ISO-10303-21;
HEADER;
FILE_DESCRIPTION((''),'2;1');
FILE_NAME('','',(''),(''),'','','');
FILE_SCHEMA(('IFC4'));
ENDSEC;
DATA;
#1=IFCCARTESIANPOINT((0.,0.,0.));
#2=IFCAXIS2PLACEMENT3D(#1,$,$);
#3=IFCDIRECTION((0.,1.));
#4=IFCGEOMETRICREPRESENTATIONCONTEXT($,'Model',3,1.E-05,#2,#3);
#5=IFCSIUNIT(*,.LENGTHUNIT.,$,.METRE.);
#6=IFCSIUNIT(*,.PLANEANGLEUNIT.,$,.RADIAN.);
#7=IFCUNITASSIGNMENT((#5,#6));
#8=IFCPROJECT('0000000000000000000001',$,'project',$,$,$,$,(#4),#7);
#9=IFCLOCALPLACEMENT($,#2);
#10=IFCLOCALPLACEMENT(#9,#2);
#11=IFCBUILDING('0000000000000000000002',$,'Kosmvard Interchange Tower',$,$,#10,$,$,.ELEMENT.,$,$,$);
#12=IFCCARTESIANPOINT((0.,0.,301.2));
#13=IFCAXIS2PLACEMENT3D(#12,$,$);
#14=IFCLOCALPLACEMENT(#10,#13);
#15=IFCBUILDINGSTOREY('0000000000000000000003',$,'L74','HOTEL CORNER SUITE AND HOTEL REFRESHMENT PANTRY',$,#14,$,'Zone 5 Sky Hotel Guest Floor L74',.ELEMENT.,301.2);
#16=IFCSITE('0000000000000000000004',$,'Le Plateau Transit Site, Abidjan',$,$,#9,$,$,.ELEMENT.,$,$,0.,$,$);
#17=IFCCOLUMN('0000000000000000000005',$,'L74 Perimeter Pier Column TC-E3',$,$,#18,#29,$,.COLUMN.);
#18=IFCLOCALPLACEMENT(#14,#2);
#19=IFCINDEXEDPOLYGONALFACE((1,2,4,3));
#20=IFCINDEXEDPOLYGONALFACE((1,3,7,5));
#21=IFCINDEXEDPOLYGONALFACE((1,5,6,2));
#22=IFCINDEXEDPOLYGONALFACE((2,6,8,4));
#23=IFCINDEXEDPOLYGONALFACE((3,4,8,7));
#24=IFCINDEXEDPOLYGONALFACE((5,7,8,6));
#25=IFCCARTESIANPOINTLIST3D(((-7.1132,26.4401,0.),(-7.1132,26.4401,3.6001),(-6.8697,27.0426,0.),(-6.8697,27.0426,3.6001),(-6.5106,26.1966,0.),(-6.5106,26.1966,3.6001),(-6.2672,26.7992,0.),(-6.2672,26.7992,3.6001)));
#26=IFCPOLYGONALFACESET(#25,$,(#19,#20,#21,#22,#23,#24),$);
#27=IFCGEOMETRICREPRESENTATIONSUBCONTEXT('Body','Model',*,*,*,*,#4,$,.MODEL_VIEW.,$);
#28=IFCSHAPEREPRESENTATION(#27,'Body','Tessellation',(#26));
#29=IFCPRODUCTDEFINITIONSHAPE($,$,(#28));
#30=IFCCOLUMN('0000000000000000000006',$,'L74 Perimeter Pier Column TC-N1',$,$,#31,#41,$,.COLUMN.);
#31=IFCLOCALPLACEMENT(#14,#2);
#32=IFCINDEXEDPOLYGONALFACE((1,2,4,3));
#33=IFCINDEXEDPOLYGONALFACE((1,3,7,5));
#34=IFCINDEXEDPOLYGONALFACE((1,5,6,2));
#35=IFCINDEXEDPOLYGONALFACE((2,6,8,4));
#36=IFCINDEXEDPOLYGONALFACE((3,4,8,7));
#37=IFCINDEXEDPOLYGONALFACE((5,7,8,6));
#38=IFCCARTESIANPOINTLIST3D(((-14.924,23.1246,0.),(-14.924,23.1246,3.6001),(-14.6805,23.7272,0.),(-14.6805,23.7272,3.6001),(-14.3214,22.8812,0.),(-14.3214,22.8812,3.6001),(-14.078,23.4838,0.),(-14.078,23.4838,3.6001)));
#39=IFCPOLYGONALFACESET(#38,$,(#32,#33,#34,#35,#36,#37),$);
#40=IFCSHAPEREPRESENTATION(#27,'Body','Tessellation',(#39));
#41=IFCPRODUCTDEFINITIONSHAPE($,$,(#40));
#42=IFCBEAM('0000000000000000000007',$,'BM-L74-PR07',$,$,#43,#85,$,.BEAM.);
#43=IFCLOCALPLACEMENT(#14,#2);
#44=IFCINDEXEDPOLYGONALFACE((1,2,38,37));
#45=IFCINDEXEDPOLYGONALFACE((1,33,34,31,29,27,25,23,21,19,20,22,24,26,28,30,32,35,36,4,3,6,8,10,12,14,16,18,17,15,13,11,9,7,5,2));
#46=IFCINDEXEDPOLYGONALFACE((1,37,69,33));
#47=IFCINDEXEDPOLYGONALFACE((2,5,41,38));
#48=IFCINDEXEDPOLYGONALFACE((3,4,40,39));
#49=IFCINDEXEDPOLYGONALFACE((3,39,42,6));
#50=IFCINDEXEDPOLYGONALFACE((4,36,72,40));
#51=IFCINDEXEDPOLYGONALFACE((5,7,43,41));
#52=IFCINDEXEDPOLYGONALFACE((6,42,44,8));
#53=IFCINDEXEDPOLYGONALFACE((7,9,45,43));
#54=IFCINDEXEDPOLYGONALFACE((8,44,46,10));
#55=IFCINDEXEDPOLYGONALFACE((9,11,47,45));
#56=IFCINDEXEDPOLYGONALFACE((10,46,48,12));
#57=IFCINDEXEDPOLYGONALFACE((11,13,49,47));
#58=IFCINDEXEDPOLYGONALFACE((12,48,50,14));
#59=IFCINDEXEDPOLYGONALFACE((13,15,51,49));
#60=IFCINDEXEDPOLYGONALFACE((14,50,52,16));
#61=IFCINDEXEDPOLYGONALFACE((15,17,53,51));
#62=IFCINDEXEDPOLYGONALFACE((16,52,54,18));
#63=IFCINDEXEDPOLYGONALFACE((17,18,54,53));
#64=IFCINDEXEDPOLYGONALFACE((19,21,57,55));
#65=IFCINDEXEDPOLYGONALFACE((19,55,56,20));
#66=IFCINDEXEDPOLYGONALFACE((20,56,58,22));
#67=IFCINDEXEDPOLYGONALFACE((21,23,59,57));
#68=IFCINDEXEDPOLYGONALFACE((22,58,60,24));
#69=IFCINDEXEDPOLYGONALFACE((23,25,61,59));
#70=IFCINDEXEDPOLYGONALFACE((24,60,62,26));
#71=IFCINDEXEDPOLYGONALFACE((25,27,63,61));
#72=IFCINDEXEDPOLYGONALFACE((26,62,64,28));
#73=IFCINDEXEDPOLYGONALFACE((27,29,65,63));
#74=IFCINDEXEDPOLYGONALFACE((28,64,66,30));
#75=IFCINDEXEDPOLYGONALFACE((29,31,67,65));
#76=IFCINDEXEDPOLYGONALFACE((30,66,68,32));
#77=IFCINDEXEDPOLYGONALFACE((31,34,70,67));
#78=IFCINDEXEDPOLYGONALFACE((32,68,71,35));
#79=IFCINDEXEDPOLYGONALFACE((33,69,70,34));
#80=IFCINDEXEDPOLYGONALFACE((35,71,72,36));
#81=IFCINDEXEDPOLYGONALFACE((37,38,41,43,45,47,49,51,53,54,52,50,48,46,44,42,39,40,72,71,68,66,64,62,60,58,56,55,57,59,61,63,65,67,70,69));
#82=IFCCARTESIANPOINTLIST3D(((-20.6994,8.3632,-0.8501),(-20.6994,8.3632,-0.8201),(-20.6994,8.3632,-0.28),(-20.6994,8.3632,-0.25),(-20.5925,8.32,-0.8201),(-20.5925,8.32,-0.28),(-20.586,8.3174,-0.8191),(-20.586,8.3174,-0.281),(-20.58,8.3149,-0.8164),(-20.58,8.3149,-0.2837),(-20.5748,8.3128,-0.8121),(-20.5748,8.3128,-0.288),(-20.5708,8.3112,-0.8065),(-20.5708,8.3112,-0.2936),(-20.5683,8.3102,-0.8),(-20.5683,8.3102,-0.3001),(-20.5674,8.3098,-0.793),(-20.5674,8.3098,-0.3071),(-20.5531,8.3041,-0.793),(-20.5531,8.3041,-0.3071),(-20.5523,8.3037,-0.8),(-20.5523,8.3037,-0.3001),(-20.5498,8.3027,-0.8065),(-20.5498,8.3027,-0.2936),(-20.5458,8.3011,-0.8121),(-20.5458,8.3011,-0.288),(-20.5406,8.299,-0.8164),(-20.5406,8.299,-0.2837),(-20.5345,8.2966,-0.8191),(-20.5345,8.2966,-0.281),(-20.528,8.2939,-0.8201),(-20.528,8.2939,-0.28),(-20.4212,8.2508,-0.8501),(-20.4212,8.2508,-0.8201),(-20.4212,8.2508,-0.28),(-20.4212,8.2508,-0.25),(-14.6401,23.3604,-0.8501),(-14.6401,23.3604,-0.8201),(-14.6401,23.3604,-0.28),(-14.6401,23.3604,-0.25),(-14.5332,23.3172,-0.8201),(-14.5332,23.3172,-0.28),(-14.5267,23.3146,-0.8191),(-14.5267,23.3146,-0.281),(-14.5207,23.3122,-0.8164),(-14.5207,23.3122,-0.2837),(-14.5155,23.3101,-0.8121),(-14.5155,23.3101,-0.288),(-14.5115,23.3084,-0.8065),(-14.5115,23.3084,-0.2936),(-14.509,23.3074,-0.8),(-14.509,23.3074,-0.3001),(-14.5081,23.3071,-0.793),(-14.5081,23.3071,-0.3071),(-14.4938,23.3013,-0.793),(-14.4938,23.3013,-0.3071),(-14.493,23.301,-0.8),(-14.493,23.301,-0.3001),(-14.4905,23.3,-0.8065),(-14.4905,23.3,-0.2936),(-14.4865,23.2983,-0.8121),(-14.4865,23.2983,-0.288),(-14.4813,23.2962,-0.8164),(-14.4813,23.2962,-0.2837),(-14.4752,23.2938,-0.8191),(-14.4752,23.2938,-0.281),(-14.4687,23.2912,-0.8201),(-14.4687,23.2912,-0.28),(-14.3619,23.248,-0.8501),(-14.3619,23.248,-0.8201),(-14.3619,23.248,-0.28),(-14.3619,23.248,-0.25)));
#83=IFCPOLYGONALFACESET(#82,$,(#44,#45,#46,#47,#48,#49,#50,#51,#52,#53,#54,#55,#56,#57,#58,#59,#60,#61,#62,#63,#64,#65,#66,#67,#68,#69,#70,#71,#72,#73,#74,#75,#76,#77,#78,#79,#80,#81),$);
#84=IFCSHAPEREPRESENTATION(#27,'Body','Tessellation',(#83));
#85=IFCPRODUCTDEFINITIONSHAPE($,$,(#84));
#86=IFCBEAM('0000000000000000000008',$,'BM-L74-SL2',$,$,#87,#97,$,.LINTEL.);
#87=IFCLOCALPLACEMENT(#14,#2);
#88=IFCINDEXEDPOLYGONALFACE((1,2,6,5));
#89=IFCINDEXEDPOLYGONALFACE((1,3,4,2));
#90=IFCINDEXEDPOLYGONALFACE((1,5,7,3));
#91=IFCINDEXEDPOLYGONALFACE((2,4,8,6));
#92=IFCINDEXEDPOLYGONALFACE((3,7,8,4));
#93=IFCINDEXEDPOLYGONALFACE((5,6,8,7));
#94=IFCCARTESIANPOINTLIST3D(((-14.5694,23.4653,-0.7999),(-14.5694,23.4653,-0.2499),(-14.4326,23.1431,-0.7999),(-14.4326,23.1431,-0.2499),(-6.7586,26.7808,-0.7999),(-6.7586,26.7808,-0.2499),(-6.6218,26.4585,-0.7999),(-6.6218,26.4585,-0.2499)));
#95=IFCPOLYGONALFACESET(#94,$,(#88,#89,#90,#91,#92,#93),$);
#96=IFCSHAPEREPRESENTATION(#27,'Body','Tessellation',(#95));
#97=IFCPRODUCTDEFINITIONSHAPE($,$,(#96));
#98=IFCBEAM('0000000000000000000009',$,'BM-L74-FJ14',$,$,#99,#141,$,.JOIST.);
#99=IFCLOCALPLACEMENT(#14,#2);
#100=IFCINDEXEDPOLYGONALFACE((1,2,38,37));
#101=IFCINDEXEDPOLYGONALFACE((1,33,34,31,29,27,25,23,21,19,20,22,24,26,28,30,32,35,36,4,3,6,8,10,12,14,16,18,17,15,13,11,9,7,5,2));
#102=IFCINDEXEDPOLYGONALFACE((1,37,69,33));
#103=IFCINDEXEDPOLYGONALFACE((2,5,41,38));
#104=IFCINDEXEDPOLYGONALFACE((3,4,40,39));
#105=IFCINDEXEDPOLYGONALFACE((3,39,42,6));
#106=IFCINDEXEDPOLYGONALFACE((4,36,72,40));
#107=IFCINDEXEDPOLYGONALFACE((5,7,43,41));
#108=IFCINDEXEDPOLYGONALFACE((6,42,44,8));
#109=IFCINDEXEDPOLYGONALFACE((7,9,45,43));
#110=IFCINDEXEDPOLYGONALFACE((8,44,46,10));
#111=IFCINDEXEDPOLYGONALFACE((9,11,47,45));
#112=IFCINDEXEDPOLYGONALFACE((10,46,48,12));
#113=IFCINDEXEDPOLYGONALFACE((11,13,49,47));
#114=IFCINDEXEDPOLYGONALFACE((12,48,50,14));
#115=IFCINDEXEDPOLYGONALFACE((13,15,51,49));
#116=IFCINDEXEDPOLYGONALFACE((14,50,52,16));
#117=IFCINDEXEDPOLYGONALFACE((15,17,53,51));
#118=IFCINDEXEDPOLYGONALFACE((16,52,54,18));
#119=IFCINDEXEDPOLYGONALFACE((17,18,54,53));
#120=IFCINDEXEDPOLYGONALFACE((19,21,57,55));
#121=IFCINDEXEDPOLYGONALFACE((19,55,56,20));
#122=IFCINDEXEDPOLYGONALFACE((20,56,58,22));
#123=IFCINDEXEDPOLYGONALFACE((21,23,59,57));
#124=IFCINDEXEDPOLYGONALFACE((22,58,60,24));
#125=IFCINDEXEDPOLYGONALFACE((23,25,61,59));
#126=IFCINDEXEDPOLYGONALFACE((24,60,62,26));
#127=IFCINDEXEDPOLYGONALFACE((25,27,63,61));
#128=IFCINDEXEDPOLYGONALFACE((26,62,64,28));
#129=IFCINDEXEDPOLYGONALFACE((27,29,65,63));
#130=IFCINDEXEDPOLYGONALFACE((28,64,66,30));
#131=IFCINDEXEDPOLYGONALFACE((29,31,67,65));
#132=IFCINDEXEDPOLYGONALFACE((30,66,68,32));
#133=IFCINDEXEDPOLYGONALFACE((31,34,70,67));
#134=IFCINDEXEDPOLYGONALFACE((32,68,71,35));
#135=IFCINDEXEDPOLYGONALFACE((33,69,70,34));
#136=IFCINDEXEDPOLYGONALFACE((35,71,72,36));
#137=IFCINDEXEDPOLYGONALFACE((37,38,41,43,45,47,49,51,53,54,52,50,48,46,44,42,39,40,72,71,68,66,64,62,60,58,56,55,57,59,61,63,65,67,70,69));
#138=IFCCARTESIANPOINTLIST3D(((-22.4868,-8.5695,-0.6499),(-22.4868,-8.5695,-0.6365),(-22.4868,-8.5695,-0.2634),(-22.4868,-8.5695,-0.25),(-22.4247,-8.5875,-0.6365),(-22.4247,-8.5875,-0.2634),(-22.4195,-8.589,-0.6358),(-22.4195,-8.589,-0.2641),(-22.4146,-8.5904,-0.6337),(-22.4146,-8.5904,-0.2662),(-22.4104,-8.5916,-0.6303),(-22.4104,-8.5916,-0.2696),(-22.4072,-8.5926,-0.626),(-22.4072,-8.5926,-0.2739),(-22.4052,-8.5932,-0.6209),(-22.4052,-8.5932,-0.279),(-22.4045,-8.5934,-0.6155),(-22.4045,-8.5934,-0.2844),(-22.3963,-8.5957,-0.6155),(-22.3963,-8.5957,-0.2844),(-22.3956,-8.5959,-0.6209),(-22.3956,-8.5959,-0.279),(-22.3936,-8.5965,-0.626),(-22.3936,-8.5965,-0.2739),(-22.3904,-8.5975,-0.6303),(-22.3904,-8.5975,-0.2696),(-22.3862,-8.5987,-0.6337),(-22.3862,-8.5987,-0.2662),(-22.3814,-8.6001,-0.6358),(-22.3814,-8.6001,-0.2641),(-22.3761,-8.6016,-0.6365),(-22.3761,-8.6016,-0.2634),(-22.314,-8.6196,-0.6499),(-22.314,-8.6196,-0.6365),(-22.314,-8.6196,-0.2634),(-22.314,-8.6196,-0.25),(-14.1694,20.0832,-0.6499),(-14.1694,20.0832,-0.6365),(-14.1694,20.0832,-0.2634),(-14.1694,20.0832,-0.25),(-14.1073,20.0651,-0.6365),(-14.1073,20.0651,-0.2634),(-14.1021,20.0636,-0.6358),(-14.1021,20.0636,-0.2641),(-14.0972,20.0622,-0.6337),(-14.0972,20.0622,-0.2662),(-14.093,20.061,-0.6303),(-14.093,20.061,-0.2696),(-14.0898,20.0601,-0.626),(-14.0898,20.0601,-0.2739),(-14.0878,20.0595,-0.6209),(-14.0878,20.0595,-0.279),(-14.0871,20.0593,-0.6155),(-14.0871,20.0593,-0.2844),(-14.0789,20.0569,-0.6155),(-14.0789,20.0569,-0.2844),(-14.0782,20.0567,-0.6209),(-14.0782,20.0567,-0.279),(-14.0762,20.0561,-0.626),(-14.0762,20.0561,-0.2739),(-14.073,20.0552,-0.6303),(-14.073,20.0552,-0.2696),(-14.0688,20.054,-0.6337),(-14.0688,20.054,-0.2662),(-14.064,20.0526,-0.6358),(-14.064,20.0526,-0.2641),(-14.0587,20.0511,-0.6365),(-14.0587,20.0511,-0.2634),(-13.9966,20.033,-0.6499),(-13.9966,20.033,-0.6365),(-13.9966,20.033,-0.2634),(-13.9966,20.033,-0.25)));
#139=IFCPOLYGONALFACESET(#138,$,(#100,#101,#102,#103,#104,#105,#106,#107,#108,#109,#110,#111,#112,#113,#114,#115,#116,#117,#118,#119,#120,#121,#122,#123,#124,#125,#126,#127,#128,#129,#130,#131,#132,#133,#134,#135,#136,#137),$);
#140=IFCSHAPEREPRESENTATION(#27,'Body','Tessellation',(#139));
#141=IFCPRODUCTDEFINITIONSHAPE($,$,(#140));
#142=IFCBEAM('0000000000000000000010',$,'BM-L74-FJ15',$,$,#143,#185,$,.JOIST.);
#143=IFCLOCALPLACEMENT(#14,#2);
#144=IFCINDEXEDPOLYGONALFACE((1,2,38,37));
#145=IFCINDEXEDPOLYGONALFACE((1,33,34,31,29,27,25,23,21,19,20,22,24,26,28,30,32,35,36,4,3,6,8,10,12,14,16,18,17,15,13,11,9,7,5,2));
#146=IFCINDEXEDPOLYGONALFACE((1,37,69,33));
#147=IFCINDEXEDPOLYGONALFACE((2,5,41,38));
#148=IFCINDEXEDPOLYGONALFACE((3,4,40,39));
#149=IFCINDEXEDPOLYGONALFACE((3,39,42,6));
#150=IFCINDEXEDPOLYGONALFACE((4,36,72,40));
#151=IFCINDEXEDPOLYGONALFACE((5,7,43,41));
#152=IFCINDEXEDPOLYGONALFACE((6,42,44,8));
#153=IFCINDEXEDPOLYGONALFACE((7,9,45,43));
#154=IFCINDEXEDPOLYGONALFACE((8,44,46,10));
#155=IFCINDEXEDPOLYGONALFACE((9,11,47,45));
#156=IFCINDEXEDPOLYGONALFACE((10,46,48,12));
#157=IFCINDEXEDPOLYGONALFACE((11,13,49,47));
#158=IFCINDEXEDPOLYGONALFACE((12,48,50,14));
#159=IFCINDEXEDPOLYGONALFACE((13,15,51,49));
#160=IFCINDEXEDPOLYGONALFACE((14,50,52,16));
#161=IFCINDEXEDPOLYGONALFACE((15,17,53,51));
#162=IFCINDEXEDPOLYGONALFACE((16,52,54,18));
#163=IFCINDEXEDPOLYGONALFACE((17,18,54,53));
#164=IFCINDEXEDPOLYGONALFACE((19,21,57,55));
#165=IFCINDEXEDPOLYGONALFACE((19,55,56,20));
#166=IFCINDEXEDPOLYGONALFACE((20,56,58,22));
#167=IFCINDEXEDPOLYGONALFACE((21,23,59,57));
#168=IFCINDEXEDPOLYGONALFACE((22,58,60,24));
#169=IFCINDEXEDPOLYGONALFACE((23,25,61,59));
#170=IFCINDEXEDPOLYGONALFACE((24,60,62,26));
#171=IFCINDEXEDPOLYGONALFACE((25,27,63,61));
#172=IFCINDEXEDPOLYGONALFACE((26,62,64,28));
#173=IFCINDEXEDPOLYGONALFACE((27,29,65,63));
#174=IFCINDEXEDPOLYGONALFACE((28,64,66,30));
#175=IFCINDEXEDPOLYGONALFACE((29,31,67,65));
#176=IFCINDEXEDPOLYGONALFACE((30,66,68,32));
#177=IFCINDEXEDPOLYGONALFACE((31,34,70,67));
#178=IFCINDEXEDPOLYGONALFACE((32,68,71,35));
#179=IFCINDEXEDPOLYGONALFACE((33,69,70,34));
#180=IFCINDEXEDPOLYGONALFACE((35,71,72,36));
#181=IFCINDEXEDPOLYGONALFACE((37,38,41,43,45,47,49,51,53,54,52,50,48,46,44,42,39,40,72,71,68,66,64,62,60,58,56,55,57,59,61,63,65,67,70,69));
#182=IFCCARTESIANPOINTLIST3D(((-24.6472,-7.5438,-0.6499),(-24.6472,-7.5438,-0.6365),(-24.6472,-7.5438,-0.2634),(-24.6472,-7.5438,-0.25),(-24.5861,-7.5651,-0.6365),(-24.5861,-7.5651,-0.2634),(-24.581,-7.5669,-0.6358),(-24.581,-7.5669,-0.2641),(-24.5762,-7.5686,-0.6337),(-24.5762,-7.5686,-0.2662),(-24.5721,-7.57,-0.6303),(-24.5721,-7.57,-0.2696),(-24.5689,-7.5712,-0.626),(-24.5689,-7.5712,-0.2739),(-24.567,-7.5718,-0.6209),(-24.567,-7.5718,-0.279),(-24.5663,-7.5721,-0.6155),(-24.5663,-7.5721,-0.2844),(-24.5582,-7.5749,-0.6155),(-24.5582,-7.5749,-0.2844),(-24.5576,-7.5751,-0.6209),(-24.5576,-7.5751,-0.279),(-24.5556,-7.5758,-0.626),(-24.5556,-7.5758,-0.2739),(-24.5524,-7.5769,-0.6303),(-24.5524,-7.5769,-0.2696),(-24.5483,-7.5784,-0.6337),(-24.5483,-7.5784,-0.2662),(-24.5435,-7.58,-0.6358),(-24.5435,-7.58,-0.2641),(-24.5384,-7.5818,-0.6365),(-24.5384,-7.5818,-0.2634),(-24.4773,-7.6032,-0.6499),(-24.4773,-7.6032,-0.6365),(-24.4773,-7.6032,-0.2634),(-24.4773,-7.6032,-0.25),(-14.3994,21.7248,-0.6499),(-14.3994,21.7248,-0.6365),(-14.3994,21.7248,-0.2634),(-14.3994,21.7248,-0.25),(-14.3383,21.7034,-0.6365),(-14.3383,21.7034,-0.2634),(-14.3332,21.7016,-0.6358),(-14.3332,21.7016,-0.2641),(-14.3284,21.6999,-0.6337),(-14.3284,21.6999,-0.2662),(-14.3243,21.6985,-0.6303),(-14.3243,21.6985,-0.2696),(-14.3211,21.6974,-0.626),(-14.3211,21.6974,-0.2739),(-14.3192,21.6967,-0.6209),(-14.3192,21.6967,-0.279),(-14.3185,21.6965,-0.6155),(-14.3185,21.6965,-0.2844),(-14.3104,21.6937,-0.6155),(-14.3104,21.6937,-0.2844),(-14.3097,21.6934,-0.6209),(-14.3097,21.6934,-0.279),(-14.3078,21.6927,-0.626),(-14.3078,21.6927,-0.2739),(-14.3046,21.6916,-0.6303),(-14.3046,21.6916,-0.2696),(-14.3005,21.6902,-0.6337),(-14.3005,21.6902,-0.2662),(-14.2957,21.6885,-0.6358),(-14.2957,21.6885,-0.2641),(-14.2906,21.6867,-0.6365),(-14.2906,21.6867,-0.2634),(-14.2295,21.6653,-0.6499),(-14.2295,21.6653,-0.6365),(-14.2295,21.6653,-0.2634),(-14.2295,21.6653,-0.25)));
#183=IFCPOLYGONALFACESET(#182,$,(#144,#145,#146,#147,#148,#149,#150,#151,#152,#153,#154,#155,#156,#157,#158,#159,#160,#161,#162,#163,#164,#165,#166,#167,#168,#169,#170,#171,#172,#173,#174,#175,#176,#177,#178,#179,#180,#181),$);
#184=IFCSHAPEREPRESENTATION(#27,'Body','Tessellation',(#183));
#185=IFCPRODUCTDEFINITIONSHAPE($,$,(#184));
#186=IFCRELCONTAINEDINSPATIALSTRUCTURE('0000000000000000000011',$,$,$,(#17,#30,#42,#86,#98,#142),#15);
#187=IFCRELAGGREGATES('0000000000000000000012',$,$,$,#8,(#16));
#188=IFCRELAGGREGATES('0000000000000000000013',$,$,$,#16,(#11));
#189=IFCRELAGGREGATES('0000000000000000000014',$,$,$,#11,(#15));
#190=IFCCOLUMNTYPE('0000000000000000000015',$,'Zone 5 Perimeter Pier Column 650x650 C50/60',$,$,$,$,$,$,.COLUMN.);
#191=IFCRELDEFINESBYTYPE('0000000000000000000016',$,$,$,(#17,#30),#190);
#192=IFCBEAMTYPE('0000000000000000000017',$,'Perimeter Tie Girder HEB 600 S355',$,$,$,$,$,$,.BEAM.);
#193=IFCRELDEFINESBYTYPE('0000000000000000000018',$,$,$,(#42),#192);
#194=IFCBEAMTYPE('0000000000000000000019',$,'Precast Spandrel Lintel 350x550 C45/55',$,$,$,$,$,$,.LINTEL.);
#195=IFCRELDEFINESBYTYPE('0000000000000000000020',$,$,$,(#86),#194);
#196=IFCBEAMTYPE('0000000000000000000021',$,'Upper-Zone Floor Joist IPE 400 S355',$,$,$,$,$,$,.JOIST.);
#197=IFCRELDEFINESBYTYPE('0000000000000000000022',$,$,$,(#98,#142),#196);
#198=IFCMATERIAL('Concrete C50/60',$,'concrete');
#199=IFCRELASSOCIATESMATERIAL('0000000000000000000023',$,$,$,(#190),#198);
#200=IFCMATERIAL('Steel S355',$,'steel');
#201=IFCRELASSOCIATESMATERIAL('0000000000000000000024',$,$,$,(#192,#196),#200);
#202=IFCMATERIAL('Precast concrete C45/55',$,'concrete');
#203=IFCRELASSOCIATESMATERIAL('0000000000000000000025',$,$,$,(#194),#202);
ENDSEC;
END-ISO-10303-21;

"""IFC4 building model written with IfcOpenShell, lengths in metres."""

from ifc_helpers import new_model, si_unit, direction, frame, origin, origin_2d, place, context, subcontext, project, spatial, rectangle, i_section, extrude, source, transform, mapped, material, material_profile, profile_set, type_object, element, save


model = new_model("IFC4")

# Units and contexts
model_context = context("Model", 3, precision=1e-05, world=origin(), true_north=direction((0.0, 1.0)))
body_context = subcontext(model_context, "Body", "Model", "MODEL_VIEW")
ifc_project = project(units=[si_unit("LENGTHUNIT", "METRE"), si_unit("PLANEANGLEUNIT", "RADIAN")], contexts=[model_context])

# Site, building, storey
site_placement = place(None, origin())
site = spatial("IfcSite", under=ifc_project, at=site_placement, Name="Le Plateau Transit Site, Abidjan", CompositionType="ELEMENT", RefElevation=0.0)
building_placement = place(site_placement, origin())
building = spatial("IfcBuilding", under=site, at=building_placement, Name="Kosmvard Interchange Tower", CompositionType="ELEMENT")
storey_placement = place(building_placement, frame((0.0, 0.0, 301.2)))
storey = spatial("IfcBuildingStorey", under=building, at=storey_placement, Name="L74", Description="HOTEL CORNER SUITE AND HOTEL REFRESHMENT PANTRY", LongName="Zone 5 Sky Hotel Guest Floor L74", CompositionType="ELEMENT", Elevation=301.2)

# Columns
ifc_material_1 = material(Name="Concrete C50/60", Category="concrete")
ifc_material_profile_1 = material_profile(ifc_material_1, rectangle(XDim=0.6499, YDim=0.6499, at=origin_2d()), Name="TC 650x650")
ifc_profile_set_1 = profile_set([ifc_material_profile_1], Name="Concrete C50/60")
column_type = type_object("IfcColumnType", Name="Zone 5 Perimeter Pier Column 650x650 C50/60", PredefinedType="COLUMN", material=ifc_profile_set_1)
shared_shape_1 = source(origin(), body_context, "Body", "SweptSolid", [
    extrude(rectangle(XDim=0.6499, YDim=0.6499, at=origin_2d()), origin(), (0.0, 0.0, 1.0), 3.6001),
])
for number, where, z_axis, x_axis, name in (
    (1, (-6.6902, 26.6196, 0.0), (0.0, 0.0, 1.0), (0.374607, 0.927184, 0.0), "L74 Perimeter Pier Column TC-E3"),
    (2, (-14.501, 23.3042, 0.0), (0.0, 0.0, 1.0), (0.374607, 0.927184, 0.0), "L74 Perimeter Pier Column TC-N1"),
):
    element("IfcColumn", number, at=place(storey_placement, frame(where, z_axis=z_axis, x_axis=x_axis)), inside=storey, type_object=column_type, Name=name, PredefinedType="COLUMN", context=body_context, shape_type="MappedRepresentation", body=[
        mapped(shared_shape_1, transform((0.0, 0.0, 0.0), scale=1.0)),
    ])

# Beams
ifc_material_2 = material(Name="Steel S355", Category="steel")
ifc_material_profile_2 = material_profile(ifc_material_2, i_section(OverallWidth=0.3, OverallDepth=0.6001, WebThickness=0.0154, FlangeThickness=0.03, FilletRadius=0.0271, at=origin_2d()), Name="HEB 600")
ifc_profile_set_2 = profile_set([ifc_material_profile_2], Name="Steel S355")
beam_type_1 = type_object("IfcBeamType", Name="Perimeter Tie Girder HEB 600 S355", PredefinedType="BEAM", material=ifc_profile_set_2)
shared_shape_2 = source(origin(), body_context, "Body", "SweptSolid", [
    extrude(i_section(OverallWidth=0.3, OverallDepth=0.6001, WebThickness=0.0154, FlangeThickness=0.03, FilletRadius=0.0271, at=origin_2d()), origin(), (0.0, 0.0, 1.0), 16.175),
])
beam_1_placement = place(storey_placement, frame((-14.501, 23.3042, -0.55), z_axis=(-0.374608, -0.927183, 0.0), x_axis=(0.927183, -0.374608, 0.0)))
element("IfcBeam", 3, at=beam_1_placement, inside=storey, type_object=beam_type_1, Name="BM-L74-PR07", PredefinedType="BEAM", context=body_context, shape_type="MappedRepresentation", body=[
    mapped(shared_shape_2, transform((0.0, 0.0, 0.0), scale=1.0)),
])
ifc_material_3 = material(Name="Precast concrete C45/55", Category="concrete")
ifc_material_profile_3 = material_profile(ifc_material_3, rectangle(XDim=0.3501, YDim=0.55, at=origin_2d()), Name="SL 350x550")
ifc_profile_set_3 = profile_set([ifc_material_profile_3], Name="Precast concrete C45/55")
beam_type_2 = type_object("IfcBeamType", Name="Precast Spandrel Lintel 350x550 C45/55", PredefinedType="LINTEL", material=ifc_profile_set_3)
shared_shape_3 = source(origin(), body_context, "Body", "SweptSolid", [
    extrude(rectangle(XDim=0.3501, YDim=0.55, at=origin_2d()), origin(), (0.0, 0.0, 1.0), 8.4854),
])
beam_2_placement = place(storey_placement, frame((-6.6902, 26.6196, -0.5249), z_axis=(-0.920507, -0.390726, 0.0), x_axis=(0.390726, -0.920507, 0.0)))
element("IfcBeam", 4, at=beam_2_placement, inside=storey, type_object=beam_type_2, Name="BM-L74-SL2", PredefinedType="LINTEL", context=body_context, shape_type="MappedRepresentation", body=[
    mapped(shared_shape_3, transform((0.0, 0.0, 0.0), scale=1.0)),
])
ifc_material_profile_4 = material_profile(ifc_material_2, i_section(OverallWidth=0.1799, OverallDepth=0.3999, WebThickness=0.0085, FlangeThickness=0.0134, FilletRadius=0.021, at=origin_2d()), Name="IPE 400")
ifc_profile_set_4 = profile_set([ifc_material_profile_4], Name="Steel S355")
beam_type_3 = type_object("IfcBeamType", Name="Upper-Zone Floor Joist IPE 400 S355", PredefinedType="JOIST", material=ifc_profile_set_4)
shared_shape_4 = source(origin(), body_context, "Body", "SweptSolid", [
    extrude(i_section(OverallWidth=0.1799, OverallDepth=0.3999, WebThickness=0.0085, FlangeThickness=0.0134, FilletRadius=0.021, at=origin_2d()), origin(), (0.0, 0.0, 1.0), 29.8354),
])
beam_3_placement = place(storey_placement, frame((-14.083, 20.0581, -0.45), z_axis=(-0.278776, -0.960356, 0.0), x_axis=(0.960356, -0.278776, 0.0)))
element("IfcBeam", 5, at=beam_3_placement, inside=storey, type_object=beam_type_3, Name="BM-L74-FJ14", PredefinedType="JOIST", context=body_context, shape_type="MappedRepresentation", body=[
    mapped(shared_shape_4, transform((0.0, 0.0, 0.0), scale=1.0)),
])
shared_shape_5 = source(origin(), body_context, "Body", "SweptSolid", [
    extrude(i_section(OverallWidth=0.1799, OverallDepth=0.3999, WebThickness=0.0085, FlangeThickness=0.0134, FilletRadius=0.021, at=origin_2d()), origin(), (0.0, 0.0, 1.0), 31.0107),
])
beam_4_placement = place(storey_placement, frame((-14.3145, 21.6951, -0.45), z_axis=(-0.33046, -0.94382, 0.0), x_axis=(0.94382, -0.33046, 0.0)))
element("IfcBeam", 6, at=beam_4_placement, inside=storey, type_object=beam_type_3, Name="BM-L74-FJ15", PredefinedType="JOIST", context=body_context, shape_type="MappedRepresentation", body=[
    mapped(shared_shape_5, transform((0.0, 0.0, 0.0), scale=1.0)),
])

save(model, "model.ifc")
